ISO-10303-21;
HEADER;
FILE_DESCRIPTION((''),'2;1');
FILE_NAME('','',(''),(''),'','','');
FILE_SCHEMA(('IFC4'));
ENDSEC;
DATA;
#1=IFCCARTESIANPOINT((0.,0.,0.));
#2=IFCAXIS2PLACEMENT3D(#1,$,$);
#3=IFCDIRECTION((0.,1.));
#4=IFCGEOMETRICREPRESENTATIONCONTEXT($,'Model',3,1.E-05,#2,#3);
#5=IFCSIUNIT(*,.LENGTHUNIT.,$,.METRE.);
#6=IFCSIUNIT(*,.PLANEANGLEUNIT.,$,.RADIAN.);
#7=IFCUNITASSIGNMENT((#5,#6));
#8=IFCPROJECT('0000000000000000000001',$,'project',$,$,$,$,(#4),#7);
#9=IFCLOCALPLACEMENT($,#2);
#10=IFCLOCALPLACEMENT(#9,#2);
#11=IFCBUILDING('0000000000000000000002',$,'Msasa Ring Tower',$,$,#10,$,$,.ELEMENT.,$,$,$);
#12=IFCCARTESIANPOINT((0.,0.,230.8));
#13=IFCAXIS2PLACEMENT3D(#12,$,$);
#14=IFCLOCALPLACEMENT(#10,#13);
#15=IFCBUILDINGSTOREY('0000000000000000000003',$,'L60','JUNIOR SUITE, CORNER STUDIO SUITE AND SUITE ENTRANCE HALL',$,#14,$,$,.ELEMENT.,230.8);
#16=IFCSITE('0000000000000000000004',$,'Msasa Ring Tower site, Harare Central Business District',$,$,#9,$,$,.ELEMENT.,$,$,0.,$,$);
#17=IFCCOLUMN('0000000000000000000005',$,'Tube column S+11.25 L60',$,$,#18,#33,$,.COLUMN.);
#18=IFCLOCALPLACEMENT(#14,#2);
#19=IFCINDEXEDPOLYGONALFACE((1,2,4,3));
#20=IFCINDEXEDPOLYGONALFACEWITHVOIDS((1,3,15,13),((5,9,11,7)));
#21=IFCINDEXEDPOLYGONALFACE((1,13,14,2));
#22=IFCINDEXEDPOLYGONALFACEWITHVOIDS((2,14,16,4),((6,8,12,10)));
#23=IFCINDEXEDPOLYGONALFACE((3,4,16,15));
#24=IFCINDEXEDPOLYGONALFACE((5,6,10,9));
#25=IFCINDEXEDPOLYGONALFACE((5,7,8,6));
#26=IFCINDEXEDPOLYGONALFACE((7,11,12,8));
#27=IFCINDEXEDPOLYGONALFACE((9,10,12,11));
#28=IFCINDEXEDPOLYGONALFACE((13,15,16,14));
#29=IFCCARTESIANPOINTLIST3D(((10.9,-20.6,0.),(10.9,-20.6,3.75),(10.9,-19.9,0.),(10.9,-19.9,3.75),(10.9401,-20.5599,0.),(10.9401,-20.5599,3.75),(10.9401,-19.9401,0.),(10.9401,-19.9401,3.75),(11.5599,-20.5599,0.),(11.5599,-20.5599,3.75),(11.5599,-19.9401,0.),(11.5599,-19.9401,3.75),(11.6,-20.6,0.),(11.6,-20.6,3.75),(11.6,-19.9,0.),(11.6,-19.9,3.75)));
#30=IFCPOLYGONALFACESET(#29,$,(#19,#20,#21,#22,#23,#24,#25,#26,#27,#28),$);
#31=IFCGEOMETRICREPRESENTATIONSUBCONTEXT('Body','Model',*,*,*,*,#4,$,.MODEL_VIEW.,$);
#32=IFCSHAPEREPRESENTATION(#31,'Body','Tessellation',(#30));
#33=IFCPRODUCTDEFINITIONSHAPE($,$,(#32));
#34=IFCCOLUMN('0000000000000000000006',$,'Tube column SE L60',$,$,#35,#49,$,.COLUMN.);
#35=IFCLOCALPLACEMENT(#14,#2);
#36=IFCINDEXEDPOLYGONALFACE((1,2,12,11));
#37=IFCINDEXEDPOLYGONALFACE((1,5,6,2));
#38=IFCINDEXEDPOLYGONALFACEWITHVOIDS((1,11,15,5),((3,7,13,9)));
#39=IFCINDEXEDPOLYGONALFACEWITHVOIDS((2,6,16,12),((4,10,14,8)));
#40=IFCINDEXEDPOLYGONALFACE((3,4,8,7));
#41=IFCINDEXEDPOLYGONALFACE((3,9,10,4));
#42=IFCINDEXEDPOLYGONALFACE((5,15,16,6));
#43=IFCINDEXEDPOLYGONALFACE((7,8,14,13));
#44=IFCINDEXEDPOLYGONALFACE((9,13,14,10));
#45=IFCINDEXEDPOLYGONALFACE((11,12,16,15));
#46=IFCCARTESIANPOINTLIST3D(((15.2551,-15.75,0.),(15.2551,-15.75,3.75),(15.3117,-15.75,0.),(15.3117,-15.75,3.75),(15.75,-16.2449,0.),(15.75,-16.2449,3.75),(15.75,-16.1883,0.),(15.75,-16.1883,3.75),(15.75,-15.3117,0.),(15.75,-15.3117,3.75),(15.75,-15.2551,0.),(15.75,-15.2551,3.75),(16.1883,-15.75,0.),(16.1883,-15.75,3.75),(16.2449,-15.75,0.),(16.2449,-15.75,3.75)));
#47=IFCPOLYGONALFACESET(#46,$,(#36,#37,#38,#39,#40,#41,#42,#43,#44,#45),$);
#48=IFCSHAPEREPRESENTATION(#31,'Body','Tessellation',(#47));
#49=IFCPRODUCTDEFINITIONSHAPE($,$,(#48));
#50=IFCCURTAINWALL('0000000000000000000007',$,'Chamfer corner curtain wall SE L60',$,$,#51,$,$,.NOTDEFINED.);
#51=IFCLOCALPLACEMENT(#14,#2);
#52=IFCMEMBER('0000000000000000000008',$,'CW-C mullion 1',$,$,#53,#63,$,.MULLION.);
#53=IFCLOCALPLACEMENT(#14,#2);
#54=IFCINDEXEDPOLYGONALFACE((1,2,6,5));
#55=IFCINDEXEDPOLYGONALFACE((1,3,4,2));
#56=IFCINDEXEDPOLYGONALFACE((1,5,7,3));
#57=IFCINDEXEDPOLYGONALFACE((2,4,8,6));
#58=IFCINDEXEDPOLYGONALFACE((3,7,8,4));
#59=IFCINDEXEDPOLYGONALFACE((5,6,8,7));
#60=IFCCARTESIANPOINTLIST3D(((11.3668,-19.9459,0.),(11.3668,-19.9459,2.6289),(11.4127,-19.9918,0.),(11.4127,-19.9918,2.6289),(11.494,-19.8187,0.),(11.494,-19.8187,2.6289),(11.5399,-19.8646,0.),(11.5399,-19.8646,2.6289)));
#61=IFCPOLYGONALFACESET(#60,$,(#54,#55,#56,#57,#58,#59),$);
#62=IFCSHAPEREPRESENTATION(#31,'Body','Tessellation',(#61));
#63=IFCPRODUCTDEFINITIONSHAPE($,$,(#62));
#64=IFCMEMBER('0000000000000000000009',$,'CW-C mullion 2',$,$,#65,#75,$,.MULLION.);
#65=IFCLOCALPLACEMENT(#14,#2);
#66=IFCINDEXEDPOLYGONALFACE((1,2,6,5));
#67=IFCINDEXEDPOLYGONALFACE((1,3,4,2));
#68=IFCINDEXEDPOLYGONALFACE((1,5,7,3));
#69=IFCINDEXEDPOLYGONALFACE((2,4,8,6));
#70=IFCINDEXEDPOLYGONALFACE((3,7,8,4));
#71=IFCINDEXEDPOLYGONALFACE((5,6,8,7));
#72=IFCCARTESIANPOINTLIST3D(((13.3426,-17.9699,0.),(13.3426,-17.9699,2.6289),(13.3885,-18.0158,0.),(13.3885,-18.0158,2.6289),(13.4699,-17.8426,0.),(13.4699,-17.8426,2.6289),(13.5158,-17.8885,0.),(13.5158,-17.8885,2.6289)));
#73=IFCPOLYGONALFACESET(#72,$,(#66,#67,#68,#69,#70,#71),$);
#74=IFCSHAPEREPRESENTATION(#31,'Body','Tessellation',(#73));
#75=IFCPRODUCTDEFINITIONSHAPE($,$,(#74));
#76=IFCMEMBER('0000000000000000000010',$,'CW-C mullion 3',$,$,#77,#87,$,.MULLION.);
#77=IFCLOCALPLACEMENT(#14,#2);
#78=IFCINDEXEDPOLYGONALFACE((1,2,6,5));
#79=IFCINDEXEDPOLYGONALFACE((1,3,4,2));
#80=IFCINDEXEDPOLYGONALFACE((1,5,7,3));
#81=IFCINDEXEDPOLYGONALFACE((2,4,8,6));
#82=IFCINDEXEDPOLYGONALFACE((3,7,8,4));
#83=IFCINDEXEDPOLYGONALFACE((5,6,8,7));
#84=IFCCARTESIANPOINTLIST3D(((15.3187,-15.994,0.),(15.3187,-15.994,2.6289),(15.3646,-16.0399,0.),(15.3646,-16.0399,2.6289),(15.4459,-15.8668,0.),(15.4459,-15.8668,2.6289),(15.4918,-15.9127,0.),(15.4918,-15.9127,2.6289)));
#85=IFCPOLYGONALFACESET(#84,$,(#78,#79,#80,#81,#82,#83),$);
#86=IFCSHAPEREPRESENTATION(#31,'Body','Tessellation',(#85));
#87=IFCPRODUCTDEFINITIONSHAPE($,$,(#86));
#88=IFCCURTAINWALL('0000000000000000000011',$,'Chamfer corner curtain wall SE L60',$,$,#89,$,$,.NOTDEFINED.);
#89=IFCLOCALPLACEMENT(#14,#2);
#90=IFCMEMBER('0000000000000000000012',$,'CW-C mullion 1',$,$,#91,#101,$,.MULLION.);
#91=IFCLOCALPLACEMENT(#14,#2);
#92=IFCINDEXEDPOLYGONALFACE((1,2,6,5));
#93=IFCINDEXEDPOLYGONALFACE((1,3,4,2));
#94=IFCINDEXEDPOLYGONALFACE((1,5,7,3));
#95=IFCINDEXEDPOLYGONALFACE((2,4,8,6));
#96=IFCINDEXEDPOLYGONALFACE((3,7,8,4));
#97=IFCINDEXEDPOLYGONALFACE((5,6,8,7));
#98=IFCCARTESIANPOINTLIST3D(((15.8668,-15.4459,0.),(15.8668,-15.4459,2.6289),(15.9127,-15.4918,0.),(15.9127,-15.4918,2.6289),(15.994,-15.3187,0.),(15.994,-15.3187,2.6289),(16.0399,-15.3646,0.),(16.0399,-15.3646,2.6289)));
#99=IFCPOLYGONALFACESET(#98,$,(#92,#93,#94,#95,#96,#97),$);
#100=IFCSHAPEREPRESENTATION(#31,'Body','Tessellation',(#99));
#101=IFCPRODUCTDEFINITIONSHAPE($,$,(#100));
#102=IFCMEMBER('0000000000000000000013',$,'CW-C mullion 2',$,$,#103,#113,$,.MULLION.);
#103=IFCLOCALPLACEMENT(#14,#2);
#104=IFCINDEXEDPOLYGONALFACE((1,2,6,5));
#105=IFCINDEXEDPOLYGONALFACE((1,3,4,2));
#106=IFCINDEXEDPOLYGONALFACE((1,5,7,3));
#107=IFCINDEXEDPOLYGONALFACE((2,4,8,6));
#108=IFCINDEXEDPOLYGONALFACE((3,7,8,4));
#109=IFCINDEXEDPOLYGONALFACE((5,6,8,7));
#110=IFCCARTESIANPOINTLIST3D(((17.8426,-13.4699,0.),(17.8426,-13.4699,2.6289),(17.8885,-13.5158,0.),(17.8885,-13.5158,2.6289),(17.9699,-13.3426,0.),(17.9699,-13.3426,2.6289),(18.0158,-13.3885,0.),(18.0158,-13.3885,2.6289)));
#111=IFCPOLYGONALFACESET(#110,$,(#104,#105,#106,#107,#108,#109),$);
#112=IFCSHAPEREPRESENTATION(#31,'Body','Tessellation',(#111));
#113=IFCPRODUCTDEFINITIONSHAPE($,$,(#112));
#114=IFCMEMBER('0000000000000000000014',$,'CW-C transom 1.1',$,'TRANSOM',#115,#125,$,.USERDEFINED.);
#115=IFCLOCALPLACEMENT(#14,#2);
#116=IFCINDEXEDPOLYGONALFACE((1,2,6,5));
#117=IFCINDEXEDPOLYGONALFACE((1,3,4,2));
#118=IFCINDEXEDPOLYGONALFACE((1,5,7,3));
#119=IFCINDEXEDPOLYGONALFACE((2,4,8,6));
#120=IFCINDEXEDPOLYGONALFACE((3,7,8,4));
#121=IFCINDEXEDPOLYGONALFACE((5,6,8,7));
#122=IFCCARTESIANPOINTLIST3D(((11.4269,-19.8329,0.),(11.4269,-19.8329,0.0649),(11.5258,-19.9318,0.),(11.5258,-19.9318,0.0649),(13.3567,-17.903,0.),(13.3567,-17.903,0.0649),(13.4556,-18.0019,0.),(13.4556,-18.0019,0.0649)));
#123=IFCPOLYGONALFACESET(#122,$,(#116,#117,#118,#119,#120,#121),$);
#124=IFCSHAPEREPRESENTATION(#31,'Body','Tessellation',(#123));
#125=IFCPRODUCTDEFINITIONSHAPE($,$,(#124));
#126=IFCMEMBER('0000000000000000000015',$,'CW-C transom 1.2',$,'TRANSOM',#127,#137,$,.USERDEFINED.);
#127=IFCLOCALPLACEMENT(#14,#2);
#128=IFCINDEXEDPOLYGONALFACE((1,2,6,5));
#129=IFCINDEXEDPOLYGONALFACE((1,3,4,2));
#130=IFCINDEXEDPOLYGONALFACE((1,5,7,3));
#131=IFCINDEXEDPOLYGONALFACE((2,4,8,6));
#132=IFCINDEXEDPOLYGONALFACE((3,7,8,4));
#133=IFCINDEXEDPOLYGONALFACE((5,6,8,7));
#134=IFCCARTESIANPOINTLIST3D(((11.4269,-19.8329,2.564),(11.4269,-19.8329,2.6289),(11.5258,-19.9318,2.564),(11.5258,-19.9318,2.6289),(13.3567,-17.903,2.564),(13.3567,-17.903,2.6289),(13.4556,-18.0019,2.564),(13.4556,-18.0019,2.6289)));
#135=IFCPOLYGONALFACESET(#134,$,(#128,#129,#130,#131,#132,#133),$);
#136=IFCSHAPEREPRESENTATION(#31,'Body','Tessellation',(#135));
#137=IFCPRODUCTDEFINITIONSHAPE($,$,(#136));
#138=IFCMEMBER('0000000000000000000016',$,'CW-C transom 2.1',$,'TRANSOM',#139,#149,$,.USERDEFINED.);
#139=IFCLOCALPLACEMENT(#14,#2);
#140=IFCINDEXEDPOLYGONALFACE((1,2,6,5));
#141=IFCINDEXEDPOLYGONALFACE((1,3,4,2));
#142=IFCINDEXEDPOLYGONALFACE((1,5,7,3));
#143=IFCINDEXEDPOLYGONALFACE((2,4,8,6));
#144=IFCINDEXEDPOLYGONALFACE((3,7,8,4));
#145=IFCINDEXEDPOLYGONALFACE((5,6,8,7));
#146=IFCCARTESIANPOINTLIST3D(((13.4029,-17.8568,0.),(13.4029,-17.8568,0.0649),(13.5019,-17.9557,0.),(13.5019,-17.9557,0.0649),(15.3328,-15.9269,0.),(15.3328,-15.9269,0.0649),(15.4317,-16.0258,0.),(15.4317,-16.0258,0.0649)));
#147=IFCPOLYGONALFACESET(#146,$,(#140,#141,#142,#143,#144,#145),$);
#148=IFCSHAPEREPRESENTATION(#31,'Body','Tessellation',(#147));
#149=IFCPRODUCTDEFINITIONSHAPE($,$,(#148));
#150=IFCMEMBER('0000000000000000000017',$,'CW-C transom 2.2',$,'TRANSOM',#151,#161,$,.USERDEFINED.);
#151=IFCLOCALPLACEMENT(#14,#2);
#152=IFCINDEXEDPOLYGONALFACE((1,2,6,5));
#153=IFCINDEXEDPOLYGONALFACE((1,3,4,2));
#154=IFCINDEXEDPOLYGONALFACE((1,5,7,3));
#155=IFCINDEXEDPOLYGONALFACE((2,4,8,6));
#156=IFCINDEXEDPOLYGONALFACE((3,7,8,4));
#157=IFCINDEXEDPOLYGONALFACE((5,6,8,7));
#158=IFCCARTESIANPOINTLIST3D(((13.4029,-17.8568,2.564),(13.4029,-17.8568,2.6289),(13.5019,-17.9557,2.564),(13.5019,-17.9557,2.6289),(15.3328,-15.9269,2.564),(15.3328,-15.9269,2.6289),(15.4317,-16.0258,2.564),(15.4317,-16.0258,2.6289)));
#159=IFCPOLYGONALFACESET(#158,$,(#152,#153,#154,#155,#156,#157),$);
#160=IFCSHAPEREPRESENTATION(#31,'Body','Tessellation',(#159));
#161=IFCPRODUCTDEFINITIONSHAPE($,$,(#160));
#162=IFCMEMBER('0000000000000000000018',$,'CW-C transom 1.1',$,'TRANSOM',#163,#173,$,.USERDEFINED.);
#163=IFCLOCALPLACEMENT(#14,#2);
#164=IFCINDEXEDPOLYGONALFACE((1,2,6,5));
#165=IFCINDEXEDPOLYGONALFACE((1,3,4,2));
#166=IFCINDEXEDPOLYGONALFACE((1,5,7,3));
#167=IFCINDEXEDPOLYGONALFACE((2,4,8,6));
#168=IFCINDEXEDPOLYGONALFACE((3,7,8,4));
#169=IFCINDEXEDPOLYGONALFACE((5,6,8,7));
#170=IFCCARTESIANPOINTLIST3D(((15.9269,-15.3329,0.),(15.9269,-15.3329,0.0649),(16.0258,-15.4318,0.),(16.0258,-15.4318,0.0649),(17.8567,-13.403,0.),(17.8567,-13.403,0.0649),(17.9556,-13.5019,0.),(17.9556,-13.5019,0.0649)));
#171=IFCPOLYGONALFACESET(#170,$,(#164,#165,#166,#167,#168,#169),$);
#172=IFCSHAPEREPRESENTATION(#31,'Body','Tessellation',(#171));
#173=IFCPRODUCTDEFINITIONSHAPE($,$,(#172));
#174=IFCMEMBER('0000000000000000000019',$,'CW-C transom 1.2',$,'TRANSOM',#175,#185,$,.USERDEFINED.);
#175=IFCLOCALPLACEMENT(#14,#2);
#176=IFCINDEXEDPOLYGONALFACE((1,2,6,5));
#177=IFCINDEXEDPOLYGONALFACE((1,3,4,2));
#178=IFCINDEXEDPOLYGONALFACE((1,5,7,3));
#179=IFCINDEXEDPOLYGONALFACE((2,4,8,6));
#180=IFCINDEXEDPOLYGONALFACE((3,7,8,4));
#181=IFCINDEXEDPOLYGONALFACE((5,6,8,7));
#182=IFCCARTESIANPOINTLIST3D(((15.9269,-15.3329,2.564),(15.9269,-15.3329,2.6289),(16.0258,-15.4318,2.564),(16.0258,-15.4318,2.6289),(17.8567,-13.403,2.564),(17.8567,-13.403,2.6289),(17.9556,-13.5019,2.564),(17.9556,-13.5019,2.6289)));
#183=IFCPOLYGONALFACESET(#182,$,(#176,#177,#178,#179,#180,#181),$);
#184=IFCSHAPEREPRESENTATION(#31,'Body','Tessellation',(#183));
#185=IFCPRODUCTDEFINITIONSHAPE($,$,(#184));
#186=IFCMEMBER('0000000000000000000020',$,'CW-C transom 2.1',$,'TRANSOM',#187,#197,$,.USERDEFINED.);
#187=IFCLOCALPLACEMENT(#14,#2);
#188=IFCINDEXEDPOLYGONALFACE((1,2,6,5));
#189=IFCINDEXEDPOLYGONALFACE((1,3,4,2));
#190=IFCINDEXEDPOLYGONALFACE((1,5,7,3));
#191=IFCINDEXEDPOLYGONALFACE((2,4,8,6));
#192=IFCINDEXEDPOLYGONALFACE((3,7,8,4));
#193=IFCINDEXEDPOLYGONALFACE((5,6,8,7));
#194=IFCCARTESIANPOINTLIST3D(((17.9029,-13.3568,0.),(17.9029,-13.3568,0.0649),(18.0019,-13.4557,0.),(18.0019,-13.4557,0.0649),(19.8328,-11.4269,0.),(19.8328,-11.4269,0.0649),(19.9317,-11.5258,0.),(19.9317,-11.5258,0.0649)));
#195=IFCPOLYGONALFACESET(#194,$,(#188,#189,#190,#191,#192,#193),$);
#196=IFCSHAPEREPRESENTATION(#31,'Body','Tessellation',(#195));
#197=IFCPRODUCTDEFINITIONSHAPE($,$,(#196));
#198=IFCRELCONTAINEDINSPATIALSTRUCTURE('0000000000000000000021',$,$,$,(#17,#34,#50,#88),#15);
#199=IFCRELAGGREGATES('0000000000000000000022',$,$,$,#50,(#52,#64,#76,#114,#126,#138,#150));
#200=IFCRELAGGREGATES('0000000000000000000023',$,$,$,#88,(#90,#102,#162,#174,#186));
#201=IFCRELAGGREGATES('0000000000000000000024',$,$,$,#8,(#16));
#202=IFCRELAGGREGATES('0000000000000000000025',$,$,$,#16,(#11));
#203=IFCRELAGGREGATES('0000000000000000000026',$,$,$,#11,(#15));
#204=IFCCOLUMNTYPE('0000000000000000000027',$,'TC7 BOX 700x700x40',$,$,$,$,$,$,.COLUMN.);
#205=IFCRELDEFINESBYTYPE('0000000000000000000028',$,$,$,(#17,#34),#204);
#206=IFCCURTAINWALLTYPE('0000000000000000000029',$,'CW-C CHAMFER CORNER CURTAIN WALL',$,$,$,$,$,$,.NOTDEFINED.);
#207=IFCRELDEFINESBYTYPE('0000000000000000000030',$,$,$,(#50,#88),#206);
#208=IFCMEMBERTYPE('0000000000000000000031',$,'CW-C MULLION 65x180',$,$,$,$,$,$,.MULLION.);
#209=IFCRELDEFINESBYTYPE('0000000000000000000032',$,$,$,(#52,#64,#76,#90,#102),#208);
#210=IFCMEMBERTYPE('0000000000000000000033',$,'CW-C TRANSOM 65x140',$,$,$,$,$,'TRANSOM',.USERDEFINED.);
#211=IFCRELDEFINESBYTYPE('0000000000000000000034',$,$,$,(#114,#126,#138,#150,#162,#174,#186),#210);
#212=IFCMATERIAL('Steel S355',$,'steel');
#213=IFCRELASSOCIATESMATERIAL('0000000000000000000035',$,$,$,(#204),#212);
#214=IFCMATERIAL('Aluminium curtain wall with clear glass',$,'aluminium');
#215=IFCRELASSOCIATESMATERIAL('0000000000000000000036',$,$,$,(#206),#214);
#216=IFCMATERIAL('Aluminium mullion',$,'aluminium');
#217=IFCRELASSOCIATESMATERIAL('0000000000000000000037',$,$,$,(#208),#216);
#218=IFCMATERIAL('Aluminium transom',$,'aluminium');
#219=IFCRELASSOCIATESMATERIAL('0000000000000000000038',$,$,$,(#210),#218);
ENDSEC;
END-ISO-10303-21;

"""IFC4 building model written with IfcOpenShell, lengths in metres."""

from ifc_helpers import new_model, si_unit, direction, frame, origin, origin_2d, place, context, subcontext, project, spatial, rectangle, hollow_rectangle, extrude, material, material_profile, profile_set, type_object, element, aggregate, save


model = new_model("IFC4")

# Units and contexts
model_context = context("Model", 3, precision=1e-05, world=origin(), true_north=direction((0.0, 1.0)))
body_context = subcontext(model_context, "Body", "Model", "MODEL_VIEW")
ifc_project = project(units=[si_unit("LENGTHUNIT", "METRE"), si_unit("PLANEANGLEUNIT", "RADIAN")], contexts=[model_context])

# Site, building, storey
site_placement = place(None, origin())
site = spatial("IfcSite", under=ifc_project, at=site_placement, Name="Msasa Ring Tower site, Harare Central Business District", CompositionType="ELEMENT", RefElevation=0.0)
building_placement = place(site_placement, origin())
building = spatial("IfcBuilding", under=site, at=building_placement, Name="Msasa Ring Tower", CompositionType="ELEMENT")
storey_placement = place(building_placement, frame((0.0, 0.0, 230.8)))
storey = spatial("IfcBuildingStorey", under=building, at=storey_placement, Name="L60", Description="JUNIOR SUITE, CORNER STUDIO SUITE AND SUITE ENTRANCE HALL", CompositionType="ELEMENT", Elevation=230.8)

# Columns
ifc_material_1 = material(Name="Steel S355", Category="steel")
ifc_material_profile_1 = material_profile(ifc_material_1, hollow_rectangle(XDim=0.7, YDim=0.7, WallThickness=0.04, at=origin_2d()), Name="BOX 700x700x40")
ifc_profile_set_1 = profile_set([ifc_material_profile_1], Name="Steel S355")
column_type = type_object("IfcColumnType", Name="TC7 BOX 700x700x40", PredefinedType="COLUMN", material=ifc_profile_set_1)
for number, where, z_axis, x_axis, name in (
    (1, (11.25, -20.25, 0.0), (0.0, 0.0, 1.0), (0.0, 1.0, 0.0), "Tube column S+11.25 L60"),
    (2, (15.75, -15.75, 0.0), (0.0, 0.0, 1.0), (0.707107, -0.707107, 0.0), "Tube column SE L60"),
):
    element("IfcColumn", number, at=place(storey_placement, frame(where, z_axis=z_axis, x_axis=x_axis)), inside=storey, type_object=column_type, Name=name, PredefinedType="COLUMN", context=body_context, shape_type="SweptSolid", body=[
        extrude(hollow_rectangle(XDim=0.7, YDim=0.7, WallThickness=0.04, at=origin_2d()), origin(), (0.0, 0.0, 1.0), 3.75),
    ])

# Curtain walls, members
ifc_material_2 = material(Name="Aluminium curtain wall with clear glass", Category="aluminium")
curtain_wall_type = type_object("IfcCurtainWallType", Name="CW-C CHAMFER CORNER CURTAIN WALL", PredefinedType="NOTDEFINED", material=ifc_material_2)
curtain_wall_1_placement = place(storey_placement, origin())
curtain_wall_1 = element("IfcCurtainWall", 3, at=curtain_wall_1_placement, inside=storey, type_object=curtain_wall_type, Name="Chamfer corner curtain wall SE L60", PredefinedType="NOTDEFINED")
ifc_material_3 = material(Name="Aluminium mullion", Category="aluminium")
ifc_material_profile_2 = material_profile(ifc_material_3, rectangle(XDim=0.0649, YDim=0.1799, at=origin_2d()), Name="AL 65x180")
ifc_profile_set_2 = profile_set([ifc_material_profile_2], Name="Aluminium mullion")
member_type_1 = type_object("IfcMemberType", Name="CW-C MULLION 65x180", PredefinedType="MULLION", material=ifc_profile_set_2)
member_1_placement = place(storey_placement, frame((11.4534, -19.9053, 0.0), z_axis=(0.0, 0.0, 1.0), x_axis=(-0.707107, 0.707107, 0.0)))
member_1 = element("IfcMember", 4, at=member_1_placement, type_object=member_type_1, Name="CW-C mullion 1", PredefinedType="MULLION", context=body_context, shape_type="SweptSolid", body=[
    extrude(rectangle(XDim=0.0649, YDim=0.1799, at=origin_2d()), origin(), (0.0, 0.0, 1.0), 2.6289),
])
member_2_placement = place(storey_placement, frame((13.4292, -17.9292, 0.0), z_axis=(0.0, 0.0, 1.0), x_axis=(-0.707107, 0.707107, 0.0)))
member_2 = element("IfcMember", 5, at=member_2_placement, type_object=member_type_1, Name="CW-C mullion 2", PredefinedType="MULLION", context=body_context, shape_type="SweptSolid", body=[
    extrude(rectangle(XDim=0.0649, YDim=0.1799, at=origin_2d()), origin(), (0.0, 0.0, 1.0), 2.6289),
])
member_3_placement = place(storey_placement, frame((15.4053, -15.9534, 0.0), z_axis=(0.0, 0.0, 1.0), x_axis=(-0.707107, 0.707107, 0.0)))
member_3 = element("IfcMember", 6, at=member_3_placement, type_object=member_type_1, Name="CW-C mullion 3", PredefinedType="MULLION", context=body_context, shape_type="SweptSolid", body=[
    extrude(rectangle(XDim=0.0649, YDim=0.1799, at=origin_2d()), origin(), (0.0, 0.0, 1.0), 2.6289),
])
curtain_wall_2_placement = place(storey_placement, origin())
curtain_wall_2 = element("IfcCurtainWall", 7, at=curtain_wall_2_placement, inside=storey, type_object=curtain_wall_type, Name="Chamfer corner curtain wall SE L60", PredefinedType="NOTDEFINED")
member_4_placement = place(storey_placement, frame((15.9534, -15.4053, 0.0), z_axis=(0.0, 0.0, 1.0), x_axis=(-0.707107, 0.707107, 0.0)))
member_4 = element("IfcMember", 8, at=member_4_placement, type_object=member_type_1, Name="CW-C mullion 1", PredefinedType="MULLION", context=body_context, shape_type="SweptSolid", body=[
    extrude(rectangle(XDim=0.0649, YDim=0.1799, at=origin_2d()), origin(), (0.0, 0.0, 1.0), 2.6289),
])
member_5_placement = place(storey_placement, frame((17.9292, -13.4292, 0.0), z_axis=(0.0, 0.0, 1.0), x_axis=(-0.707107, 0.707107, 0.0)))
member_5 = element("IfcMember", 9, at=member_5_placement, type_object=member_type_1, Name="CW-C mullion 2", PredefinedType="MULLION", context=body_context, shape_type="SweptSolid", body=[
    extrude(rectangle(XDim=0.0649, YDim=0.1799, at=origin_2d()), origin(), (0.0, 0.0, 1.0), 2.6289),
])

# Members
ifc_material_4 = material(Name="Aluminium transom", Category="aluminium")
ifc_material_profile_3 = material_profile(ifc_material_4, rectangle(XDim=0.1399, YDim=0.0649, at=origin_2d()), Name="AL 65x140")
ifc_profile_set_3 = profile_set([ifc_material_profile_3], Name="Aluminium transom")
member_type_2 = type_object("IfcMemberType", Name="CW-C TRANSOM 65x140", ElementType="TRANSOM", PredefinedType="USERDEFINED", material=ifc_profile_set_3)
member_6_placement = place(storey_placement, frame((11.4763, -19.8823, 0.0325), z_axis=(0.707107, 0.707107, 0.0), x_axis=(-0.707107, 0.707107, 0.0)))
member_6 = element("IfcMember", 10, at=member_6_placement, type_object=member_type_2, Name="CW-C transom 1.1", ObjectType="TRANSOM", PredefinedType="USERDEFINED", context=body_context, shape_type="SweptSolid", body=[
    extrude(rectangle(XDim=0.1399, YDim=0.0649, at=origin_2d()), origin(), (0.0, 0.0, 1.0), 2.7292),
])
member_7_placement = place(storey_placement, frame((11.4763, -19.8823, 2.5964), z_axis=(0.707107, 0.707107, 0.0), x_axis=(-0.707107, 0.707107, 0.0)))
member_7 = element("IfcMember", 11, at=member_7_placement, type_object=member_type_2, Name="CW-C transom 1.2", ObjectType="TRANSOM", PredefinedType="USERDEFINED", context=body_context, shape_type="SweptSolid", body=[
    extrude(rectangle(XDim=0.1399, YDim=0.0649, at=origin_2d()), origin(), (0.0, 0.0, 1.0), 2.7292),
])
member_8_placement = place(storey_placement, frame((13.4524, -17.9062, 0.0325), z_axis=(0.707107, 0.707107, 0.0), x_axis=(-0.707107, 0.707107, 0.0)))
member_8 = element("IfcMember", 12, at=member_8_placement, type_object=member_type_2, Name="CW-C transom 2.1", ObjectType="TRANSOM", PredefinedType="USERDEFINED", context=body_context, shape_type="SweptSolid", body=[
    extrude(rectangle(XDim=0.1399, YDim=0.0649, at=origin_2d()), origin(), (0.0, 0.0, 1.0), 2.7292),
])
member_9_placement = place(storey_placement, frame((13.4524, -17.9062, 2.5964), z_axis=(0.707107, 0.707107, 0.0), x_axis=(-0.707107, 0.707107, 0.0)))
member_9 = element("IfcMember", 13, at=member_9_placement, type_object=member_type_2, Name="CW-C transom 2.2", ObjectType="TRANSOM", PredefinedType="USERDEFINED", context=body_context, shape_type="SweptSolid", body=[
    extrude(rectangle(XDim=0.1399, YDim=0.0649, at=origin_2d()), origin(), (0.0, 0.0, 1.0), 2.7292),
])
member_10_placement = place(storey_placement, frame((15.9763, -15.3823, 0.0325), z_axis=(0.707107, 0.707107, 0.0), x_axis=(-0.707107, 0.707107, 0.0)))
member_10 = element("IfcMember", 14, at=member_10_placement, type_object=member_type_2, Name="CW-C transom 1.1", ObjectType="TRANSOM", PredefinedType="USERDEFINED", context=body_context, shape_type="SweptSolid", body=[
    extrude(rectangle(XDim=0.1399, YDim=0.0649, at=origin_2d()), origin(), (0.0, 0.0, 1.0), 2.7292),
])
member_11_placement = place(storey_placement, frame((15.9763, -15.3823, 2.5964), z_axis=(0.707107, 0.707107, 0.0), x_axis=(-0.707107, 0.707107, 0.0)))
member_11 = element("IfcMember", 15, at=member_11_placement, type_object=member_type_2, Name="CW-C transom 1.2", ObjectType="TRANSOM", PredefinedType="USERDEFINED", context=body_context, shape_type="SweptSolid", body=[
    extrude(rectangle(XDim=0.1399, YDim=0.0649, at=origin_2d()), origin(), (0.0, 0.0, 1.0), 2.7292),
])
member_12_placement = place(storey_placement, frame((17.9524, -13.4062, 0.0325), z_axis=(0.707107, 0.707107, 0.0), x_axis=(-0.707107, 0.707107, 0.0)))
member_12 = element("IfcMember", 16, at=member_12_placement, type_object=member_type_2, Name="CW-C transom 2.1", ObjectType="TRANSOM", PredefinedType="USERDEFINED", context=body_context, shape_type="SweptSolid", body=[
    extrude(rectangle(XDim=0.1399, YDim=0.0649, at=origin_2d()), origin(), (0.0, 0.0, 1.0), 2.7292),
])

aggregate(curtain_wall_1, [member_1, member_2, member_3, member_6, member_7, member_8, member_9])
aggregate(curtain_wall_2, [member_4, member_5, member_10, member_11, member_12])

save(model, "model.ifc")
